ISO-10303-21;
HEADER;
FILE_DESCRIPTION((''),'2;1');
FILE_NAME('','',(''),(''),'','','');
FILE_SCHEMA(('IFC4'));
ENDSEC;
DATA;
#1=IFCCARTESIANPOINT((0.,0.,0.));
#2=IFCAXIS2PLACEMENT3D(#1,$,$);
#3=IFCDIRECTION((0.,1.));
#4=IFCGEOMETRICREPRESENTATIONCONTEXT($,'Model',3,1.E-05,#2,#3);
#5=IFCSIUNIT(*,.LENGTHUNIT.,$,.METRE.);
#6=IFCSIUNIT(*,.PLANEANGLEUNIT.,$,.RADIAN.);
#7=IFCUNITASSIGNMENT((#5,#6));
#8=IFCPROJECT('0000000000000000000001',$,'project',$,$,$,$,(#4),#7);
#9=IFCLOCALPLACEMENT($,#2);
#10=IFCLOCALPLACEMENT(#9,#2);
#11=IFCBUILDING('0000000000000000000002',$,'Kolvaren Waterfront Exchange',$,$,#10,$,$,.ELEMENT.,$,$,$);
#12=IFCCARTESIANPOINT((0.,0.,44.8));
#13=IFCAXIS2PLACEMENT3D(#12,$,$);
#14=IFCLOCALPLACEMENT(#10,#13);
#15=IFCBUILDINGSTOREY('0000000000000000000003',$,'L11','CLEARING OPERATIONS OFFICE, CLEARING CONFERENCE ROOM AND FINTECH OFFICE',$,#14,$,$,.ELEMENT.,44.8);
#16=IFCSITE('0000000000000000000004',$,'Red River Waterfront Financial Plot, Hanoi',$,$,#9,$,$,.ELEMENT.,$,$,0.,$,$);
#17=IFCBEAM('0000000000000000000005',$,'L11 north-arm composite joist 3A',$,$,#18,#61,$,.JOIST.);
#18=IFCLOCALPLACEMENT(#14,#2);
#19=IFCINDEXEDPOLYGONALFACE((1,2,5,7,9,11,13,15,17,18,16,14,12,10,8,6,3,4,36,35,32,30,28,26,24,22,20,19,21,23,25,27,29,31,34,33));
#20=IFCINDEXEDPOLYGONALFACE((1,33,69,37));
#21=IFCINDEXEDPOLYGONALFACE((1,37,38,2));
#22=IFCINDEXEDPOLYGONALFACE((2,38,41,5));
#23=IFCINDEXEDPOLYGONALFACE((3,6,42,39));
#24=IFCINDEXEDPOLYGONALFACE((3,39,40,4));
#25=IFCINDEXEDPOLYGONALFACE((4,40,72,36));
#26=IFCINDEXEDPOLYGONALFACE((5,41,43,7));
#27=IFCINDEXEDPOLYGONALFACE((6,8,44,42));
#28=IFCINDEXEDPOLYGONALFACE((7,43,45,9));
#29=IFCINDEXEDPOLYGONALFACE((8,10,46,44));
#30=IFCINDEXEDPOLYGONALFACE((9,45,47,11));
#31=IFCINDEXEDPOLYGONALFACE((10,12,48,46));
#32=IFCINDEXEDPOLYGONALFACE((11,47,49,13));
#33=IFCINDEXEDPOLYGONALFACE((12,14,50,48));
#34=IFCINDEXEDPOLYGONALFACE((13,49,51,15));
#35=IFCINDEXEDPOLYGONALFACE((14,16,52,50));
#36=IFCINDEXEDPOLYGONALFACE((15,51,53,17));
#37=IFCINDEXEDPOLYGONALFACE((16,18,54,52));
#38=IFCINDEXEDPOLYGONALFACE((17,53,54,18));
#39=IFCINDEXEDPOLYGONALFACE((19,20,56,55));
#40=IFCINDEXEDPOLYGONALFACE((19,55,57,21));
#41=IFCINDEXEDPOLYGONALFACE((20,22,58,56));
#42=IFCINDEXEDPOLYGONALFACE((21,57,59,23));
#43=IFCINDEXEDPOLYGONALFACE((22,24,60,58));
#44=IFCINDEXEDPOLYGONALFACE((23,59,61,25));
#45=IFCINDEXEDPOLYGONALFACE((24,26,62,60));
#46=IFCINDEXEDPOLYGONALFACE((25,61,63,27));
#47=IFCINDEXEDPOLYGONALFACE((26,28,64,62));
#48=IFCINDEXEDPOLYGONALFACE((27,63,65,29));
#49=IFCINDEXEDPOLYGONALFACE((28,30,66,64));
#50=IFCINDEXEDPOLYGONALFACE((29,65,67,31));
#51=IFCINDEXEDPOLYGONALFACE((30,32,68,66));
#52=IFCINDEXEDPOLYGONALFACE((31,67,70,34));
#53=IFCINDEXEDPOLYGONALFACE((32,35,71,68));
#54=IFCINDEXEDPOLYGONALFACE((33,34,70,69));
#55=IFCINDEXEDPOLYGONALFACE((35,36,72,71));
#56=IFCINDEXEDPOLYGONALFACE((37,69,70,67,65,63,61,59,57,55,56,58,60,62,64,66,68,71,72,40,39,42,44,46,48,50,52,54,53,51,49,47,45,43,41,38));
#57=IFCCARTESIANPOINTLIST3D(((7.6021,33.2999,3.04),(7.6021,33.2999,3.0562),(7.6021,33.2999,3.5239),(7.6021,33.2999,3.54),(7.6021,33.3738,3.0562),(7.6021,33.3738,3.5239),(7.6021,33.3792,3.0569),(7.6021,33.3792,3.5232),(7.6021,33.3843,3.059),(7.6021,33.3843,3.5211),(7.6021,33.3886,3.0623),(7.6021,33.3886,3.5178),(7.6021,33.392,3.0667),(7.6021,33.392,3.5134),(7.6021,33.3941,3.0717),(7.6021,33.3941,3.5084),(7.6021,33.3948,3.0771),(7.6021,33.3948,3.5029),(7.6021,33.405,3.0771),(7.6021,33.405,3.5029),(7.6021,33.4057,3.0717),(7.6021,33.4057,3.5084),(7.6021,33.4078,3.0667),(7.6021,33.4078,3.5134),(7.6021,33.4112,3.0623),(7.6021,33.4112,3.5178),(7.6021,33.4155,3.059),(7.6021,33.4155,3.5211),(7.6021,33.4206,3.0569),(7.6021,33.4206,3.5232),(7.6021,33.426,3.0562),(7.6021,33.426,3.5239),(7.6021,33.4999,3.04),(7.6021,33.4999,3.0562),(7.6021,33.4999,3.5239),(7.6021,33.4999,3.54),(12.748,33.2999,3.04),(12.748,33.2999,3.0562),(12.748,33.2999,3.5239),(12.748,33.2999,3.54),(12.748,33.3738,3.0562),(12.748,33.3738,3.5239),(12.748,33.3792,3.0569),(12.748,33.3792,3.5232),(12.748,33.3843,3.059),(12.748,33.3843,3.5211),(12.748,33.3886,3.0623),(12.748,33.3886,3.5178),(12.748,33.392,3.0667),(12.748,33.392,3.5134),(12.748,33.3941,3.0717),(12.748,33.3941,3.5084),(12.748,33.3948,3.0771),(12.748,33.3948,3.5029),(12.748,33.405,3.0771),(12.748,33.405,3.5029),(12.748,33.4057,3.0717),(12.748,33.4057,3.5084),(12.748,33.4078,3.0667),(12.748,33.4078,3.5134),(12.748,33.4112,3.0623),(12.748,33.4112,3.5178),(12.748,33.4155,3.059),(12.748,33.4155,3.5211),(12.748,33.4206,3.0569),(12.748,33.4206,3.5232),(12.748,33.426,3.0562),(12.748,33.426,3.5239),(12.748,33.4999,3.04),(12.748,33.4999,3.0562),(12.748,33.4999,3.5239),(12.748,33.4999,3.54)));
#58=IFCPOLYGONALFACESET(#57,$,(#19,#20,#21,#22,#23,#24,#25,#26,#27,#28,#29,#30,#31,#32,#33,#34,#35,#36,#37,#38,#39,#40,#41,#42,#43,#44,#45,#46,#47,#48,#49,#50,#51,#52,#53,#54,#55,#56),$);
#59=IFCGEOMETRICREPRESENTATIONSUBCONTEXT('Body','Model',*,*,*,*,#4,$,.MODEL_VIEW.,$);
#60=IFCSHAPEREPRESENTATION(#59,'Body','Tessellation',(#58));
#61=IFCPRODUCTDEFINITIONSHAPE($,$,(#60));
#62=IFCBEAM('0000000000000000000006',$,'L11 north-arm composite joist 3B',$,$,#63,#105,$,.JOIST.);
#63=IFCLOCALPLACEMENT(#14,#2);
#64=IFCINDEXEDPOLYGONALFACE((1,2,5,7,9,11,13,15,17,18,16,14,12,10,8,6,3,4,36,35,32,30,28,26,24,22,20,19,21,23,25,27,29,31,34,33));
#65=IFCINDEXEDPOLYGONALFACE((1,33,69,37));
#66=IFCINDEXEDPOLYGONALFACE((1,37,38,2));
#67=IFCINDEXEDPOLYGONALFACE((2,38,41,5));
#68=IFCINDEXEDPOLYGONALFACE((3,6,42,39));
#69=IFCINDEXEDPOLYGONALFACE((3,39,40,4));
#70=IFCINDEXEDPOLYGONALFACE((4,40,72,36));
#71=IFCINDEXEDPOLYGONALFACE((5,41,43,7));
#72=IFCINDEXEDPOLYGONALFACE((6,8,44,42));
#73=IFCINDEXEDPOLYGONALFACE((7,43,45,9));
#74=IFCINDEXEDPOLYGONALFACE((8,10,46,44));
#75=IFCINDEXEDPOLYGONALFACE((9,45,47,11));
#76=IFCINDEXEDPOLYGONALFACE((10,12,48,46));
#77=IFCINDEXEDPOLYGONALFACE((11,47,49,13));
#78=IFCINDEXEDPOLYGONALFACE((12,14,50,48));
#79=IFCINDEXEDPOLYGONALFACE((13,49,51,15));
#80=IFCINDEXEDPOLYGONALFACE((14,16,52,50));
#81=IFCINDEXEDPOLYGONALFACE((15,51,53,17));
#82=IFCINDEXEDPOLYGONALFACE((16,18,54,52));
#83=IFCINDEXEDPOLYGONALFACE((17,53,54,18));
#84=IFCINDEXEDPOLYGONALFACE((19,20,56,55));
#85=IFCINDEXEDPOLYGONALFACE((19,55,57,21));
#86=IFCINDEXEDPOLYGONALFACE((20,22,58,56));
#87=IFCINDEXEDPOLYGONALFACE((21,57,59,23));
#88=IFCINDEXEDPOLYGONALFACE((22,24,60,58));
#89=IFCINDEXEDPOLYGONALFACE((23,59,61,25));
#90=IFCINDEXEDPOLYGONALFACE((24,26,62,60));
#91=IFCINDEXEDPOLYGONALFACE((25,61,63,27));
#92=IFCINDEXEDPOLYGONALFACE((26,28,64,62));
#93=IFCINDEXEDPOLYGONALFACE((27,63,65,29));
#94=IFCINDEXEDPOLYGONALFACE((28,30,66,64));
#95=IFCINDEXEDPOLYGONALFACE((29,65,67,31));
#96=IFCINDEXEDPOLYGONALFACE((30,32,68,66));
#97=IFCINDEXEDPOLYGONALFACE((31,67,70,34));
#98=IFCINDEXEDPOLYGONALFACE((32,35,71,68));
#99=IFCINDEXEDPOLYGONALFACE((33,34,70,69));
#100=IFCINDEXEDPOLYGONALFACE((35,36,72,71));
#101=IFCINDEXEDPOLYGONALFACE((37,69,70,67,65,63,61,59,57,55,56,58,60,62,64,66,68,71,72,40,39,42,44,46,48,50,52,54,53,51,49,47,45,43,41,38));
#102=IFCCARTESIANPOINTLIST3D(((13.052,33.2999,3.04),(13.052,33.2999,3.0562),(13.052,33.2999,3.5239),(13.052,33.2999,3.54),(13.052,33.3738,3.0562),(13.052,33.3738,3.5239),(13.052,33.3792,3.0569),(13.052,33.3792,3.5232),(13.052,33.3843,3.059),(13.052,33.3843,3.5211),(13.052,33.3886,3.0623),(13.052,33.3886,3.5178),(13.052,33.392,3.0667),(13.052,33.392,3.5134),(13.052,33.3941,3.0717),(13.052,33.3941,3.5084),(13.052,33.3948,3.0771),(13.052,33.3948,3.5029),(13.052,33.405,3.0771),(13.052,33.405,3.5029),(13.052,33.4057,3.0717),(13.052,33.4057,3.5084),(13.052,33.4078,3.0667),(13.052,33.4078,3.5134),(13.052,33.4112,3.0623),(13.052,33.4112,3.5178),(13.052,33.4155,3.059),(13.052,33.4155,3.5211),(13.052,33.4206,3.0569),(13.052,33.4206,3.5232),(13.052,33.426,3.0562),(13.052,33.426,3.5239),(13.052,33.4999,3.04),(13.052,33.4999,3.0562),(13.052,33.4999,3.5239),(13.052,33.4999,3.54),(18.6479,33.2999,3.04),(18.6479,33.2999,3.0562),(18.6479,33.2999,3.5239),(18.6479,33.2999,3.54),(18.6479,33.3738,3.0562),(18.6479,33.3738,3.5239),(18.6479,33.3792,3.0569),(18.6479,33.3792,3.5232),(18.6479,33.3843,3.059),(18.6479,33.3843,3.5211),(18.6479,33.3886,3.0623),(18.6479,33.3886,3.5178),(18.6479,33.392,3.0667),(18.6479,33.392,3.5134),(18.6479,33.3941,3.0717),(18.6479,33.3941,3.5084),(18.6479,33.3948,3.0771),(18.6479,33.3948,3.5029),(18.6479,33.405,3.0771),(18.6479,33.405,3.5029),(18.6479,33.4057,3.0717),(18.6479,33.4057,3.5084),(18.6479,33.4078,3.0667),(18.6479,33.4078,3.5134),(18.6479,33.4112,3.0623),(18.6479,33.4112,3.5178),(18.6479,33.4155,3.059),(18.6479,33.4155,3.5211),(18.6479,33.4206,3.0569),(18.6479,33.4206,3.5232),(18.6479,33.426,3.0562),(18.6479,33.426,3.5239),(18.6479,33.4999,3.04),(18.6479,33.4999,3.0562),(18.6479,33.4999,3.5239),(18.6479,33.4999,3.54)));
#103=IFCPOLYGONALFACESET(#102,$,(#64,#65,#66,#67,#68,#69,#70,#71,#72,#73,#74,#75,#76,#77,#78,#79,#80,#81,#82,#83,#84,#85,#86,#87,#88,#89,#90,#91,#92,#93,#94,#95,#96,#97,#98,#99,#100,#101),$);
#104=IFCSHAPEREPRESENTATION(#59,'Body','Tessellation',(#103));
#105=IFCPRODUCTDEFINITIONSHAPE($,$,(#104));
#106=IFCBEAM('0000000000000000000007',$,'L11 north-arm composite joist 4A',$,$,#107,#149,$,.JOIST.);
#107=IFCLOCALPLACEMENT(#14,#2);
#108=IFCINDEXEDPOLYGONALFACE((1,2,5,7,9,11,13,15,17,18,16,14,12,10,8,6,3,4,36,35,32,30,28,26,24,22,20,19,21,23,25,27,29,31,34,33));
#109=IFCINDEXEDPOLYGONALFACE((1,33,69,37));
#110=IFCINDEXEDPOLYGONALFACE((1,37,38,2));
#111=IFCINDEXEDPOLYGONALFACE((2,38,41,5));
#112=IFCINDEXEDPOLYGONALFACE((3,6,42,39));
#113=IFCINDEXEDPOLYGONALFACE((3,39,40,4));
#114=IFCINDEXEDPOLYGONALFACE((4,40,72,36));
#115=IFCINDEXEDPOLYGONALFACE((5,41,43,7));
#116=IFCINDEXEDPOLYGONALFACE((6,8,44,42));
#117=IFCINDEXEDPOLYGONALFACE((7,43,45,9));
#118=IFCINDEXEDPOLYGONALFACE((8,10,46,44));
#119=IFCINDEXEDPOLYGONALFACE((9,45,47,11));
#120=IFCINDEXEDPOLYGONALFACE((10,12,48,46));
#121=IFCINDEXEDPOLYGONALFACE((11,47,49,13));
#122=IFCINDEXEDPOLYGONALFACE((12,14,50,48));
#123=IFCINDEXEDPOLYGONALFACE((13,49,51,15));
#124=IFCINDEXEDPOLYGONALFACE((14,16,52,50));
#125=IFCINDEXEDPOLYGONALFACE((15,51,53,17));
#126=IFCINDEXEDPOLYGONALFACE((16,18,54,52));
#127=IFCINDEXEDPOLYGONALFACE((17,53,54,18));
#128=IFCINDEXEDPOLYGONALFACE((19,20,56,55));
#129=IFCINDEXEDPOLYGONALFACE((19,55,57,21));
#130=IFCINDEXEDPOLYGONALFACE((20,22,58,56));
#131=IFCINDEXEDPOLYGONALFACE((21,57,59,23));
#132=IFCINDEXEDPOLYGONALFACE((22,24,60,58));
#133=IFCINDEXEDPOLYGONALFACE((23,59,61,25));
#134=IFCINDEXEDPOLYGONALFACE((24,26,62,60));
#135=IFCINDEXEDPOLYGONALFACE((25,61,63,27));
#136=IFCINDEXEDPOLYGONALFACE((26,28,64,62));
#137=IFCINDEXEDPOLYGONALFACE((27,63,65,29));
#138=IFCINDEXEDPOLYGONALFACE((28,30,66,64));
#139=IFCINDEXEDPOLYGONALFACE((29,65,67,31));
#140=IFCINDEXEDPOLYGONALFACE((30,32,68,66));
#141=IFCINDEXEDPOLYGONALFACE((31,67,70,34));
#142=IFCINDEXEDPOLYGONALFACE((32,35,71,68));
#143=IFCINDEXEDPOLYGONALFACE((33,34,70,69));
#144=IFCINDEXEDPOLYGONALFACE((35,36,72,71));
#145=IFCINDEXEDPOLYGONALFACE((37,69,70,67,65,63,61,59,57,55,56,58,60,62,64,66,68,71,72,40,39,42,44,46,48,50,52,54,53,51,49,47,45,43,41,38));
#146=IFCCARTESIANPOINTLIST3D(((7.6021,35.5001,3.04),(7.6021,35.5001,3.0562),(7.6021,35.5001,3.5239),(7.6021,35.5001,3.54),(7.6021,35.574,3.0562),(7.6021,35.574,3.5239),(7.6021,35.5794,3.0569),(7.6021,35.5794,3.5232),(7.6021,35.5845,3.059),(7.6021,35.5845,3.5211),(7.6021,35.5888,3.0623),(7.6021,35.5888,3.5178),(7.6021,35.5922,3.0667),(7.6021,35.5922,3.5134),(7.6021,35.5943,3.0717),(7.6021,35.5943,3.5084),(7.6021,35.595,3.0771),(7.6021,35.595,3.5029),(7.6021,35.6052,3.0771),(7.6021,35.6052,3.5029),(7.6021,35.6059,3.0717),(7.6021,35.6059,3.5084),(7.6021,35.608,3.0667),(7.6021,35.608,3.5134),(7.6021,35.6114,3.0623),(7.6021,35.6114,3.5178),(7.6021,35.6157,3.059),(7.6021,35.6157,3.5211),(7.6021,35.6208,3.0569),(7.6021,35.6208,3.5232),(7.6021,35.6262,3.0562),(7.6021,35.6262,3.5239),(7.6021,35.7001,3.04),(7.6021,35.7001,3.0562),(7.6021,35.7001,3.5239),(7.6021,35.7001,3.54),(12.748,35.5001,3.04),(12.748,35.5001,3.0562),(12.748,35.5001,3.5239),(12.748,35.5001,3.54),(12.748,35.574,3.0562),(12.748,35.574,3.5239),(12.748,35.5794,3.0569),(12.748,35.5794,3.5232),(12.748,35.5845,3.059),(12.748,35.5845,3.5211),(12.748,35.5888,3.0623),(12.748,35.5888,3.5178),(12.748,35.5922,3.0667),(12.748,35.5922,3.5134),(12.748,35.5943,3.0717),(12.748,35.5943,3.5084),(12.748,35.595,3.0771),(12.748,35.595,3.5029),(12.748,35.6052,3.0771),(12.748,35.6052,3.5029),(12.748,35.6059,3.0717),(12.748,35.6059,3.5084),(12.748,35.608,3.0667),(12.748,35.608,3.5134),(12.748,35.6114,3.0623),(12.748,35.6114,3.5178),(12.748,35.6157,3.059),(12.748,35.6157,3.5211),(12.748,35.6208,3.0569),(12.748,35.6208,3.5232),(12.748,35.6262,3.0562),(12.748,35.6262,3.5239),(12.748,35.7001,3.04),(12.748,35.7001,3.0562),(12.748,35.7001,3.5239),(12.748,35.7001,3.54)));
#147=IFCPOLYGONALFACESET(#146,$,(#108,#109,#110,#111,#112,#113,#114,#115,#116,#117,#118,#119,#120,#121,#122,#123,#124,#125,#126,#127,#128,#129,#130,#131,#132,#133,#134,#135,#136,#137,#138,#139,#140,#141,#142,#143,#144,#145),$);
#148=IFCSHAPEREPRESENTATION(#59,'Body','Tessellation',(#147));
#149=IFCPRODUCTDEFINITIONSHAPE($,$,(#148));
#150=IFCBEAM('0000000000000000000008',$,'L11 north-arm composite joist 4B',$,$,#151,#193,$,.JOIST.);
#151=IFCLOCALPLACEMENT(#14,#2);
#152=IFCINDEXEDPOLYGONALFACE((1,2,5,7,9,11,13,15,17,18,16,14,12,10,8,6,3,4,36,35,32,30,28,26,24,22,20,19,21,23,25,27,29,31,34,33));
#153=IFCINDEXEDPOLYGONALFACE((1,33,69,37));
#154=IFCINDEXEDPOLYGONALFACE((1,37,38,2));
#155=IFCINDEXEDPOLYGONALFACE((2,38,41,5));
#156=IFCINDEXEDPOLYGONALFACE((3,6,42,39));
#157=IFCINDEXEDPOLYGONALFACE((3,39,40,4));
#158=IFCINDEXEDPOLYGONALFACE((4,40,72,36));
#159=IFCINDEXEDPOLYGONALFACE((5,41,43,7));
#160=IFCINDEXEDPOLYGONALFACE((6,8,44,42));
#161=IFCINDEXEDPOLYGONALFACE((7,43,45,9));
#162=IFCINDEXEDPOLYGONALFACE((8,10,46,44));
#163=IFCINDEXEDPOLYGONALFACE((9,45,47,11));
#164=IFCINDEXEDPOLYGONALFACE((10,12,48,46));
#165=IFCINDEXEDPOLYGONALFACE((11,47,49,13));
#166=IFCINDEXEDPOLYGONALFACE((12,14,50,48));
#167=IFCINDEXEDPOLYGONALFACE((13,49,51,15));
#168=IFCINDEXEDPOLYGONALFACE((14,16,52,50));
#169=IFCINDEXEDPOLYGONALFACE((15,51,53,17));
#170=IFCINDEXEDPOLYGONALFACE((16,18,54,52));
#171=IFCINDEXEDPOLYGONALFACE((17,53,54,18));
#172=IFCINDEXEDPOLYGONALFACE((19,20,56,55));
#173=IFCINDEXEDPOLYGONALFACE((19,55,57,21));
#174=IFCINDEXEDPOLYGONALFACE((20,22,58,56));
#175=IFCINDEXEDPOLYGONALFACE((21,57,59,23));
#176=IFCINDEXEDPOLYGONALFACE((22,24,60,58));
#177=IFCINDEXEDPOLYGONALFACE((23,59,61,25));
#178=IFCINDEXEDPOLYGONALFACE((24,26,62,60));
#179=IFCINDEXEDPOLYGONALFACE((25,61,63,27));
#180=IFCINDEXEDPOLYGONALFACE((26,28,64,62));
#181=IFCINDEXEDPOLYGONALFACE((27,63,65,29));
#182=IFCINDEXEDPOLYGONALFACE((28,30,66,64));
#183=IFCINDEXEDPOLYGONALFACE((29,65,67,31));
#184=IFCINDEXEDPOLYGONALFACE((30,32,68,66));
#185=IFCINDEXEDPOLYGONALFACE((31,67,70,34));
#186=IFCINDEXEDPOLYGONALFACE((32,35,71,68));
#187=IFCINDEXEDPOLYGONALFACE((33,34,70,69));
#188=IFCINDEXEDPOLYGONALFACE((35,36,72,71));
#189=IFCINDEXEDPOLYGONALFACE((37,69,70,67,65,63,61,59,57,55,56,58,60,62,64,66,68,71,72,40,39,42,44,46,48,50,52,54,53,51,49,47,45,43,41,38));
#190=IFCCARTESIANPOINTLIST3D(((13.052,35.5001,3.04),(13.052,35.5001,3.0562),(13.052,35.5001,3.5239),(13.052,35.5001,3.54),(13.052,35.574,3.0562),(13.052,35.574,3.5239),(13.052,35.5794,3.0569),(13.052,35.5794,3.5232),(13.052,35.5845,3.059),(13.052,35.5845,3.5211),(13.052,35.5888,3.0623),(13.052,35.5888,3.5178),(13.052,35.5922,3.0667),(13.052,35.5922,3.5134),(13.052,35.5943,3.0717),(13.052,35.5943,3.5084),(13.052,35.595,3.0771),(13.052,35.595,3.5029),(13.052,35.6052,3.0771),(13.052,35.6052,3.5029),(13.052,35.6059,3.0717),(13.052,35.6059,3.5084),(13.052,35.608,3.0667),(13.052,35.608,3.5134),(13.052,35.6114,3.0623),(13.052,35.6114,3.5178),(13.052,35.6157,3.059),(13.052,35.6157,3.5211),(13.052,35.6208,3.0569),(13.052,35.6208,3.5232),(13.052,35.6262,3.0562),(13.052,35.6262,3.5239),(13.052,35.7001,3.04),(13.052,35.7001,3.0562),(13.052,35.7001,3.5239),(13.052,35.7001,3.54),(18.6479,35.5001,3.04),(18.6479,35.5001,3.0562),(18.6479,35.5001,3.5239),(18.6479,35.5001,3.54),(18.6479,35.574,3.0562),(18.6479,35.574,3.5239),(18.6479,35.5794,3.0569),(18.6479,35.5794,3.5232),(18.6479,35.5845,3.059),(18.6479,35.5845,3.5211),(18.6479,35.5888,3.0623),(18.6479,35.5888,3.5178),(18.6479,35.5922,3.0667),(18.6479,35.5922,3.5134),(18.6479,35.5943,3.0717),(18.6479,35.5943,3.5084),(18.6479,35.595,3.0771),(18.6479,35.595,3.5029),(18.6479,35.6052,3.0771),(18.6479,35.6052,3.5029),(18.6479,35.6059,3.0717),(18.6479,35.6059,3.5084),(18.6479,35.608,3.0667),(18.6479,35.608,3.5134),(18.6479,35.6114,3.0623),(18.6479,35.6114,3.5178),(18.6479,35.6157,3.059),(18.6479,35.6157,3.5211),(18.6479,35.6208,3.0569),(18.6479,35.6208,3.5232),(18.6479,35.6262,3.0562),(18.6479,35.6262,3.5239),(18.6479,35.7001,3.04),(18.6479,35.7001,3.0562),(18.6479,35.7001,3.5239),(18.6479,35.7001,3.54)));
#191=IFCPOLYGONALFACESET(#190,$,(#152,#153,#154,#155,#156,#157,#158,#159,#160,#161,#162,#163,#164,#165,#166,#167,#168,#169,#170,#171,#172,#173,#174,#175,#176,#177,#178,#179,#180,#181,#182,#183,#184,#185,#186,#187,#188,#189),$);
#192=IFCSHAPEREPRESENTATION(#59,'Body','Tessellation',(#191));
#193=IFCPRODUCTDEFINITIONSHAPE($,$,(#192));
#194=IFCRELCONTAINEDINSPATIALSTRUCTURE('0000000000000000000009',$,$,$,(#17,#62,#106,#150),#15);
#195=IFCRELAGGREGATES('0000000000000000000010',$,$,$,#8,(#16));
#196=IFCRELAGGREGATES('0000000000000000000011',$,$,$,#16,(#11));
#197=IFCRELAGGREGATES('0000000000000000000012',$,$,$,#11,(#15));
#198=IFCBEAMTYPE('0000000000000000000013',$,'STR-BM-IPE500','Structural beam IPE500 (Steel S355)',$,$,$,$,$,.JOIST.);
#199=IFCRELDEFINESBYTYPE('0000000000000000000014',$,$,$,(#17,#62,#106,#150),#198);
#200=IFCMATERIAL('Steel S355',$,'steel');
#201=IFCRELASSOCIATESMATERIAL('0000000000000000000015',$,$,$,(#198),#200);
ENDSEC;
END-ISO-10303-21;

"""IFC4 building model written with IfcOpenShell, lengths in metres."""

from ifc_helpers import new_model, si_unit, direction, frame, origin, origin_2d, place, context, subcontext, project, spatial, i_section, extrude, material, material_profile, profile_set, type_object, element, save


model = new_model("IFC4")

# Units and contexts
model_context = context("Model", 3, precision=1e-05, world=origin(), true_north=direction((0.0, 1.0)))
body_context = subcontext(model_context, "Body", "Model", "MODEL_VIEW")
ifc_project = project(units=[si_unit("LENGTHUNIT", "METRE"), si_unit("PLANEANGLEUNIT", "RADIAN")], contexts=[model_context])

# Site, building, storey
site_placement = place(None, origin())
site = spatial("IfcSite", under=ifc_project, at=site_placement, Name="Red River Waterfront Financial Plot, Hanoi", CompositionType="ELEMENT", RefElevation=0.0)
building_placement = place(site_placement, origin())
building = spatial("IfcBuilding", under=site, at=building_placement, Name="Kolvaren Waterfront Exchange", CompositionType="ELEMENT")
storey_placement = place(building_placement, frame((0.0, 0.0, 44.8)))
storey = spatial("IfcBuildingStorey", under=building, at=storey_placement, Name="L11", Description="CLEARING OPERATIONS OFFICE, CLEARING CONFERENCE ROOM AND FINTECH OFFICE", CompositionType="ELEMENT", Elevation=44.8)

# Beams
ifc_material_1 = material(Name="Steel S355", Category="steel")
ifc_material_profile_1 = material_profile(ifc_material_1, i_section(OverallWidth=0.2, OverallDepth=0.5, WebThickness=0.0103, FlangeThickness=0.0161, FilletRadius=0.021, at=origin_2d()), Name="IPE500")
ifc_profile_set_1 = profile_set([ifc_material_profile_1], Name="Steel S355")
beam_type_1 = type_object("IfcBeamType", Name="STR-BM-IPE500", Description="Structural beam IPE500 (Steel S355)", PredefinedType="JOIST", material=ifc_profile_set_1)
beam_1_placement = place(storey_placement, frame((7.6021, 33.3999, 3.29), z_axis=(1.0, 0.0, 0.0), x_axis=(0.0, 1.0, 0.0)))
element("IfcBeam", 1, at=beam_1_placement, inside=storey, type_object=beam_type_1, Name="L11 north-arm composite joist 3A", PredefinedType="JOIST", context=body_context, shape_type="SweptSolid", body=[
    extrude(i_section(OverallWidth=0.2, OverallDepth=0.5, WebThickness=0.0103, FlangeThickness=0.0161, FilletRadius=0.021, at=origin_2d()), origin(), (0.0, 0.0, 1.0), 5.146),
])
beam_2_placement = place(storey_placement, frame((13.052, 33.3999, 3.29), z_axis=(1.0, 0.0, 0.0), x_axis=(0.0, 1.0, 0.0)))
element("IfcBeam", 2, at=beam_2_placement, inside=storey, type_object=beam_type_1, Name="L11 north-arm composite joist 3B", PredefinedType="JOIST", context=body_context, shape_type="SweptSolid", body=[
    extrude(i_section(OverallWidth=0.2, OverallDepth=0.5, WebThickness=0.0103, FlangeThickness=0.0161, FilletRadius=0.021, at=origin_2d()), origin(), (0.0, 0.0, 1.0), 5.5959),
])
beam_3_placement = place(storey_placement, frame((7.6021, 35.6001, 3.29), z_axis=(1.0, 0.0, 0.0), x_axis=(0.0, 1.0, 0.0)))
element("IfcBeam", 3, at=beam_3_placement, inside=storey, type_object=beam_type_1, Name="L11 north-arm composite joist 4A", PredefinedType="JOIST", context=body_context, shape_type="SweptSolid", body=[
    extrude(i_section(OverallWidth=0.2, OverallDepth=0.5, WebThickness=0.0103, FlangeThickness=0.0161, FilletRadius=0.021, at=origin_2d()), origin(), (0.0, 0.0, 1.0), 5.146),
])
beam_4_placement = place(storey_placement, frame((13.052, 35.6001, 3.29), z_axis=(1.0, 0.0, 0.0), x_axis=(0.0, 1.0, 0.0)))
element("IfcBeam", 4, at=beam_4_placement, inside=storey, type_object=beam_type_1, Name="L11 north-arm composite joist 4B", PredefinedType="JOIST", context=body_context, shape_type="SweptSolid", body=[
    extrude(i_section(OverallWidth=0.2, OverallDepth=0.5, WebThickness=0.0103, FlangeThickness=0.0161, FilletRadius=0.021, at=origin_2d()), origin(), (0.0, 0.0, 1.0), 5.5959),
])

save(model, "model.ifc")
